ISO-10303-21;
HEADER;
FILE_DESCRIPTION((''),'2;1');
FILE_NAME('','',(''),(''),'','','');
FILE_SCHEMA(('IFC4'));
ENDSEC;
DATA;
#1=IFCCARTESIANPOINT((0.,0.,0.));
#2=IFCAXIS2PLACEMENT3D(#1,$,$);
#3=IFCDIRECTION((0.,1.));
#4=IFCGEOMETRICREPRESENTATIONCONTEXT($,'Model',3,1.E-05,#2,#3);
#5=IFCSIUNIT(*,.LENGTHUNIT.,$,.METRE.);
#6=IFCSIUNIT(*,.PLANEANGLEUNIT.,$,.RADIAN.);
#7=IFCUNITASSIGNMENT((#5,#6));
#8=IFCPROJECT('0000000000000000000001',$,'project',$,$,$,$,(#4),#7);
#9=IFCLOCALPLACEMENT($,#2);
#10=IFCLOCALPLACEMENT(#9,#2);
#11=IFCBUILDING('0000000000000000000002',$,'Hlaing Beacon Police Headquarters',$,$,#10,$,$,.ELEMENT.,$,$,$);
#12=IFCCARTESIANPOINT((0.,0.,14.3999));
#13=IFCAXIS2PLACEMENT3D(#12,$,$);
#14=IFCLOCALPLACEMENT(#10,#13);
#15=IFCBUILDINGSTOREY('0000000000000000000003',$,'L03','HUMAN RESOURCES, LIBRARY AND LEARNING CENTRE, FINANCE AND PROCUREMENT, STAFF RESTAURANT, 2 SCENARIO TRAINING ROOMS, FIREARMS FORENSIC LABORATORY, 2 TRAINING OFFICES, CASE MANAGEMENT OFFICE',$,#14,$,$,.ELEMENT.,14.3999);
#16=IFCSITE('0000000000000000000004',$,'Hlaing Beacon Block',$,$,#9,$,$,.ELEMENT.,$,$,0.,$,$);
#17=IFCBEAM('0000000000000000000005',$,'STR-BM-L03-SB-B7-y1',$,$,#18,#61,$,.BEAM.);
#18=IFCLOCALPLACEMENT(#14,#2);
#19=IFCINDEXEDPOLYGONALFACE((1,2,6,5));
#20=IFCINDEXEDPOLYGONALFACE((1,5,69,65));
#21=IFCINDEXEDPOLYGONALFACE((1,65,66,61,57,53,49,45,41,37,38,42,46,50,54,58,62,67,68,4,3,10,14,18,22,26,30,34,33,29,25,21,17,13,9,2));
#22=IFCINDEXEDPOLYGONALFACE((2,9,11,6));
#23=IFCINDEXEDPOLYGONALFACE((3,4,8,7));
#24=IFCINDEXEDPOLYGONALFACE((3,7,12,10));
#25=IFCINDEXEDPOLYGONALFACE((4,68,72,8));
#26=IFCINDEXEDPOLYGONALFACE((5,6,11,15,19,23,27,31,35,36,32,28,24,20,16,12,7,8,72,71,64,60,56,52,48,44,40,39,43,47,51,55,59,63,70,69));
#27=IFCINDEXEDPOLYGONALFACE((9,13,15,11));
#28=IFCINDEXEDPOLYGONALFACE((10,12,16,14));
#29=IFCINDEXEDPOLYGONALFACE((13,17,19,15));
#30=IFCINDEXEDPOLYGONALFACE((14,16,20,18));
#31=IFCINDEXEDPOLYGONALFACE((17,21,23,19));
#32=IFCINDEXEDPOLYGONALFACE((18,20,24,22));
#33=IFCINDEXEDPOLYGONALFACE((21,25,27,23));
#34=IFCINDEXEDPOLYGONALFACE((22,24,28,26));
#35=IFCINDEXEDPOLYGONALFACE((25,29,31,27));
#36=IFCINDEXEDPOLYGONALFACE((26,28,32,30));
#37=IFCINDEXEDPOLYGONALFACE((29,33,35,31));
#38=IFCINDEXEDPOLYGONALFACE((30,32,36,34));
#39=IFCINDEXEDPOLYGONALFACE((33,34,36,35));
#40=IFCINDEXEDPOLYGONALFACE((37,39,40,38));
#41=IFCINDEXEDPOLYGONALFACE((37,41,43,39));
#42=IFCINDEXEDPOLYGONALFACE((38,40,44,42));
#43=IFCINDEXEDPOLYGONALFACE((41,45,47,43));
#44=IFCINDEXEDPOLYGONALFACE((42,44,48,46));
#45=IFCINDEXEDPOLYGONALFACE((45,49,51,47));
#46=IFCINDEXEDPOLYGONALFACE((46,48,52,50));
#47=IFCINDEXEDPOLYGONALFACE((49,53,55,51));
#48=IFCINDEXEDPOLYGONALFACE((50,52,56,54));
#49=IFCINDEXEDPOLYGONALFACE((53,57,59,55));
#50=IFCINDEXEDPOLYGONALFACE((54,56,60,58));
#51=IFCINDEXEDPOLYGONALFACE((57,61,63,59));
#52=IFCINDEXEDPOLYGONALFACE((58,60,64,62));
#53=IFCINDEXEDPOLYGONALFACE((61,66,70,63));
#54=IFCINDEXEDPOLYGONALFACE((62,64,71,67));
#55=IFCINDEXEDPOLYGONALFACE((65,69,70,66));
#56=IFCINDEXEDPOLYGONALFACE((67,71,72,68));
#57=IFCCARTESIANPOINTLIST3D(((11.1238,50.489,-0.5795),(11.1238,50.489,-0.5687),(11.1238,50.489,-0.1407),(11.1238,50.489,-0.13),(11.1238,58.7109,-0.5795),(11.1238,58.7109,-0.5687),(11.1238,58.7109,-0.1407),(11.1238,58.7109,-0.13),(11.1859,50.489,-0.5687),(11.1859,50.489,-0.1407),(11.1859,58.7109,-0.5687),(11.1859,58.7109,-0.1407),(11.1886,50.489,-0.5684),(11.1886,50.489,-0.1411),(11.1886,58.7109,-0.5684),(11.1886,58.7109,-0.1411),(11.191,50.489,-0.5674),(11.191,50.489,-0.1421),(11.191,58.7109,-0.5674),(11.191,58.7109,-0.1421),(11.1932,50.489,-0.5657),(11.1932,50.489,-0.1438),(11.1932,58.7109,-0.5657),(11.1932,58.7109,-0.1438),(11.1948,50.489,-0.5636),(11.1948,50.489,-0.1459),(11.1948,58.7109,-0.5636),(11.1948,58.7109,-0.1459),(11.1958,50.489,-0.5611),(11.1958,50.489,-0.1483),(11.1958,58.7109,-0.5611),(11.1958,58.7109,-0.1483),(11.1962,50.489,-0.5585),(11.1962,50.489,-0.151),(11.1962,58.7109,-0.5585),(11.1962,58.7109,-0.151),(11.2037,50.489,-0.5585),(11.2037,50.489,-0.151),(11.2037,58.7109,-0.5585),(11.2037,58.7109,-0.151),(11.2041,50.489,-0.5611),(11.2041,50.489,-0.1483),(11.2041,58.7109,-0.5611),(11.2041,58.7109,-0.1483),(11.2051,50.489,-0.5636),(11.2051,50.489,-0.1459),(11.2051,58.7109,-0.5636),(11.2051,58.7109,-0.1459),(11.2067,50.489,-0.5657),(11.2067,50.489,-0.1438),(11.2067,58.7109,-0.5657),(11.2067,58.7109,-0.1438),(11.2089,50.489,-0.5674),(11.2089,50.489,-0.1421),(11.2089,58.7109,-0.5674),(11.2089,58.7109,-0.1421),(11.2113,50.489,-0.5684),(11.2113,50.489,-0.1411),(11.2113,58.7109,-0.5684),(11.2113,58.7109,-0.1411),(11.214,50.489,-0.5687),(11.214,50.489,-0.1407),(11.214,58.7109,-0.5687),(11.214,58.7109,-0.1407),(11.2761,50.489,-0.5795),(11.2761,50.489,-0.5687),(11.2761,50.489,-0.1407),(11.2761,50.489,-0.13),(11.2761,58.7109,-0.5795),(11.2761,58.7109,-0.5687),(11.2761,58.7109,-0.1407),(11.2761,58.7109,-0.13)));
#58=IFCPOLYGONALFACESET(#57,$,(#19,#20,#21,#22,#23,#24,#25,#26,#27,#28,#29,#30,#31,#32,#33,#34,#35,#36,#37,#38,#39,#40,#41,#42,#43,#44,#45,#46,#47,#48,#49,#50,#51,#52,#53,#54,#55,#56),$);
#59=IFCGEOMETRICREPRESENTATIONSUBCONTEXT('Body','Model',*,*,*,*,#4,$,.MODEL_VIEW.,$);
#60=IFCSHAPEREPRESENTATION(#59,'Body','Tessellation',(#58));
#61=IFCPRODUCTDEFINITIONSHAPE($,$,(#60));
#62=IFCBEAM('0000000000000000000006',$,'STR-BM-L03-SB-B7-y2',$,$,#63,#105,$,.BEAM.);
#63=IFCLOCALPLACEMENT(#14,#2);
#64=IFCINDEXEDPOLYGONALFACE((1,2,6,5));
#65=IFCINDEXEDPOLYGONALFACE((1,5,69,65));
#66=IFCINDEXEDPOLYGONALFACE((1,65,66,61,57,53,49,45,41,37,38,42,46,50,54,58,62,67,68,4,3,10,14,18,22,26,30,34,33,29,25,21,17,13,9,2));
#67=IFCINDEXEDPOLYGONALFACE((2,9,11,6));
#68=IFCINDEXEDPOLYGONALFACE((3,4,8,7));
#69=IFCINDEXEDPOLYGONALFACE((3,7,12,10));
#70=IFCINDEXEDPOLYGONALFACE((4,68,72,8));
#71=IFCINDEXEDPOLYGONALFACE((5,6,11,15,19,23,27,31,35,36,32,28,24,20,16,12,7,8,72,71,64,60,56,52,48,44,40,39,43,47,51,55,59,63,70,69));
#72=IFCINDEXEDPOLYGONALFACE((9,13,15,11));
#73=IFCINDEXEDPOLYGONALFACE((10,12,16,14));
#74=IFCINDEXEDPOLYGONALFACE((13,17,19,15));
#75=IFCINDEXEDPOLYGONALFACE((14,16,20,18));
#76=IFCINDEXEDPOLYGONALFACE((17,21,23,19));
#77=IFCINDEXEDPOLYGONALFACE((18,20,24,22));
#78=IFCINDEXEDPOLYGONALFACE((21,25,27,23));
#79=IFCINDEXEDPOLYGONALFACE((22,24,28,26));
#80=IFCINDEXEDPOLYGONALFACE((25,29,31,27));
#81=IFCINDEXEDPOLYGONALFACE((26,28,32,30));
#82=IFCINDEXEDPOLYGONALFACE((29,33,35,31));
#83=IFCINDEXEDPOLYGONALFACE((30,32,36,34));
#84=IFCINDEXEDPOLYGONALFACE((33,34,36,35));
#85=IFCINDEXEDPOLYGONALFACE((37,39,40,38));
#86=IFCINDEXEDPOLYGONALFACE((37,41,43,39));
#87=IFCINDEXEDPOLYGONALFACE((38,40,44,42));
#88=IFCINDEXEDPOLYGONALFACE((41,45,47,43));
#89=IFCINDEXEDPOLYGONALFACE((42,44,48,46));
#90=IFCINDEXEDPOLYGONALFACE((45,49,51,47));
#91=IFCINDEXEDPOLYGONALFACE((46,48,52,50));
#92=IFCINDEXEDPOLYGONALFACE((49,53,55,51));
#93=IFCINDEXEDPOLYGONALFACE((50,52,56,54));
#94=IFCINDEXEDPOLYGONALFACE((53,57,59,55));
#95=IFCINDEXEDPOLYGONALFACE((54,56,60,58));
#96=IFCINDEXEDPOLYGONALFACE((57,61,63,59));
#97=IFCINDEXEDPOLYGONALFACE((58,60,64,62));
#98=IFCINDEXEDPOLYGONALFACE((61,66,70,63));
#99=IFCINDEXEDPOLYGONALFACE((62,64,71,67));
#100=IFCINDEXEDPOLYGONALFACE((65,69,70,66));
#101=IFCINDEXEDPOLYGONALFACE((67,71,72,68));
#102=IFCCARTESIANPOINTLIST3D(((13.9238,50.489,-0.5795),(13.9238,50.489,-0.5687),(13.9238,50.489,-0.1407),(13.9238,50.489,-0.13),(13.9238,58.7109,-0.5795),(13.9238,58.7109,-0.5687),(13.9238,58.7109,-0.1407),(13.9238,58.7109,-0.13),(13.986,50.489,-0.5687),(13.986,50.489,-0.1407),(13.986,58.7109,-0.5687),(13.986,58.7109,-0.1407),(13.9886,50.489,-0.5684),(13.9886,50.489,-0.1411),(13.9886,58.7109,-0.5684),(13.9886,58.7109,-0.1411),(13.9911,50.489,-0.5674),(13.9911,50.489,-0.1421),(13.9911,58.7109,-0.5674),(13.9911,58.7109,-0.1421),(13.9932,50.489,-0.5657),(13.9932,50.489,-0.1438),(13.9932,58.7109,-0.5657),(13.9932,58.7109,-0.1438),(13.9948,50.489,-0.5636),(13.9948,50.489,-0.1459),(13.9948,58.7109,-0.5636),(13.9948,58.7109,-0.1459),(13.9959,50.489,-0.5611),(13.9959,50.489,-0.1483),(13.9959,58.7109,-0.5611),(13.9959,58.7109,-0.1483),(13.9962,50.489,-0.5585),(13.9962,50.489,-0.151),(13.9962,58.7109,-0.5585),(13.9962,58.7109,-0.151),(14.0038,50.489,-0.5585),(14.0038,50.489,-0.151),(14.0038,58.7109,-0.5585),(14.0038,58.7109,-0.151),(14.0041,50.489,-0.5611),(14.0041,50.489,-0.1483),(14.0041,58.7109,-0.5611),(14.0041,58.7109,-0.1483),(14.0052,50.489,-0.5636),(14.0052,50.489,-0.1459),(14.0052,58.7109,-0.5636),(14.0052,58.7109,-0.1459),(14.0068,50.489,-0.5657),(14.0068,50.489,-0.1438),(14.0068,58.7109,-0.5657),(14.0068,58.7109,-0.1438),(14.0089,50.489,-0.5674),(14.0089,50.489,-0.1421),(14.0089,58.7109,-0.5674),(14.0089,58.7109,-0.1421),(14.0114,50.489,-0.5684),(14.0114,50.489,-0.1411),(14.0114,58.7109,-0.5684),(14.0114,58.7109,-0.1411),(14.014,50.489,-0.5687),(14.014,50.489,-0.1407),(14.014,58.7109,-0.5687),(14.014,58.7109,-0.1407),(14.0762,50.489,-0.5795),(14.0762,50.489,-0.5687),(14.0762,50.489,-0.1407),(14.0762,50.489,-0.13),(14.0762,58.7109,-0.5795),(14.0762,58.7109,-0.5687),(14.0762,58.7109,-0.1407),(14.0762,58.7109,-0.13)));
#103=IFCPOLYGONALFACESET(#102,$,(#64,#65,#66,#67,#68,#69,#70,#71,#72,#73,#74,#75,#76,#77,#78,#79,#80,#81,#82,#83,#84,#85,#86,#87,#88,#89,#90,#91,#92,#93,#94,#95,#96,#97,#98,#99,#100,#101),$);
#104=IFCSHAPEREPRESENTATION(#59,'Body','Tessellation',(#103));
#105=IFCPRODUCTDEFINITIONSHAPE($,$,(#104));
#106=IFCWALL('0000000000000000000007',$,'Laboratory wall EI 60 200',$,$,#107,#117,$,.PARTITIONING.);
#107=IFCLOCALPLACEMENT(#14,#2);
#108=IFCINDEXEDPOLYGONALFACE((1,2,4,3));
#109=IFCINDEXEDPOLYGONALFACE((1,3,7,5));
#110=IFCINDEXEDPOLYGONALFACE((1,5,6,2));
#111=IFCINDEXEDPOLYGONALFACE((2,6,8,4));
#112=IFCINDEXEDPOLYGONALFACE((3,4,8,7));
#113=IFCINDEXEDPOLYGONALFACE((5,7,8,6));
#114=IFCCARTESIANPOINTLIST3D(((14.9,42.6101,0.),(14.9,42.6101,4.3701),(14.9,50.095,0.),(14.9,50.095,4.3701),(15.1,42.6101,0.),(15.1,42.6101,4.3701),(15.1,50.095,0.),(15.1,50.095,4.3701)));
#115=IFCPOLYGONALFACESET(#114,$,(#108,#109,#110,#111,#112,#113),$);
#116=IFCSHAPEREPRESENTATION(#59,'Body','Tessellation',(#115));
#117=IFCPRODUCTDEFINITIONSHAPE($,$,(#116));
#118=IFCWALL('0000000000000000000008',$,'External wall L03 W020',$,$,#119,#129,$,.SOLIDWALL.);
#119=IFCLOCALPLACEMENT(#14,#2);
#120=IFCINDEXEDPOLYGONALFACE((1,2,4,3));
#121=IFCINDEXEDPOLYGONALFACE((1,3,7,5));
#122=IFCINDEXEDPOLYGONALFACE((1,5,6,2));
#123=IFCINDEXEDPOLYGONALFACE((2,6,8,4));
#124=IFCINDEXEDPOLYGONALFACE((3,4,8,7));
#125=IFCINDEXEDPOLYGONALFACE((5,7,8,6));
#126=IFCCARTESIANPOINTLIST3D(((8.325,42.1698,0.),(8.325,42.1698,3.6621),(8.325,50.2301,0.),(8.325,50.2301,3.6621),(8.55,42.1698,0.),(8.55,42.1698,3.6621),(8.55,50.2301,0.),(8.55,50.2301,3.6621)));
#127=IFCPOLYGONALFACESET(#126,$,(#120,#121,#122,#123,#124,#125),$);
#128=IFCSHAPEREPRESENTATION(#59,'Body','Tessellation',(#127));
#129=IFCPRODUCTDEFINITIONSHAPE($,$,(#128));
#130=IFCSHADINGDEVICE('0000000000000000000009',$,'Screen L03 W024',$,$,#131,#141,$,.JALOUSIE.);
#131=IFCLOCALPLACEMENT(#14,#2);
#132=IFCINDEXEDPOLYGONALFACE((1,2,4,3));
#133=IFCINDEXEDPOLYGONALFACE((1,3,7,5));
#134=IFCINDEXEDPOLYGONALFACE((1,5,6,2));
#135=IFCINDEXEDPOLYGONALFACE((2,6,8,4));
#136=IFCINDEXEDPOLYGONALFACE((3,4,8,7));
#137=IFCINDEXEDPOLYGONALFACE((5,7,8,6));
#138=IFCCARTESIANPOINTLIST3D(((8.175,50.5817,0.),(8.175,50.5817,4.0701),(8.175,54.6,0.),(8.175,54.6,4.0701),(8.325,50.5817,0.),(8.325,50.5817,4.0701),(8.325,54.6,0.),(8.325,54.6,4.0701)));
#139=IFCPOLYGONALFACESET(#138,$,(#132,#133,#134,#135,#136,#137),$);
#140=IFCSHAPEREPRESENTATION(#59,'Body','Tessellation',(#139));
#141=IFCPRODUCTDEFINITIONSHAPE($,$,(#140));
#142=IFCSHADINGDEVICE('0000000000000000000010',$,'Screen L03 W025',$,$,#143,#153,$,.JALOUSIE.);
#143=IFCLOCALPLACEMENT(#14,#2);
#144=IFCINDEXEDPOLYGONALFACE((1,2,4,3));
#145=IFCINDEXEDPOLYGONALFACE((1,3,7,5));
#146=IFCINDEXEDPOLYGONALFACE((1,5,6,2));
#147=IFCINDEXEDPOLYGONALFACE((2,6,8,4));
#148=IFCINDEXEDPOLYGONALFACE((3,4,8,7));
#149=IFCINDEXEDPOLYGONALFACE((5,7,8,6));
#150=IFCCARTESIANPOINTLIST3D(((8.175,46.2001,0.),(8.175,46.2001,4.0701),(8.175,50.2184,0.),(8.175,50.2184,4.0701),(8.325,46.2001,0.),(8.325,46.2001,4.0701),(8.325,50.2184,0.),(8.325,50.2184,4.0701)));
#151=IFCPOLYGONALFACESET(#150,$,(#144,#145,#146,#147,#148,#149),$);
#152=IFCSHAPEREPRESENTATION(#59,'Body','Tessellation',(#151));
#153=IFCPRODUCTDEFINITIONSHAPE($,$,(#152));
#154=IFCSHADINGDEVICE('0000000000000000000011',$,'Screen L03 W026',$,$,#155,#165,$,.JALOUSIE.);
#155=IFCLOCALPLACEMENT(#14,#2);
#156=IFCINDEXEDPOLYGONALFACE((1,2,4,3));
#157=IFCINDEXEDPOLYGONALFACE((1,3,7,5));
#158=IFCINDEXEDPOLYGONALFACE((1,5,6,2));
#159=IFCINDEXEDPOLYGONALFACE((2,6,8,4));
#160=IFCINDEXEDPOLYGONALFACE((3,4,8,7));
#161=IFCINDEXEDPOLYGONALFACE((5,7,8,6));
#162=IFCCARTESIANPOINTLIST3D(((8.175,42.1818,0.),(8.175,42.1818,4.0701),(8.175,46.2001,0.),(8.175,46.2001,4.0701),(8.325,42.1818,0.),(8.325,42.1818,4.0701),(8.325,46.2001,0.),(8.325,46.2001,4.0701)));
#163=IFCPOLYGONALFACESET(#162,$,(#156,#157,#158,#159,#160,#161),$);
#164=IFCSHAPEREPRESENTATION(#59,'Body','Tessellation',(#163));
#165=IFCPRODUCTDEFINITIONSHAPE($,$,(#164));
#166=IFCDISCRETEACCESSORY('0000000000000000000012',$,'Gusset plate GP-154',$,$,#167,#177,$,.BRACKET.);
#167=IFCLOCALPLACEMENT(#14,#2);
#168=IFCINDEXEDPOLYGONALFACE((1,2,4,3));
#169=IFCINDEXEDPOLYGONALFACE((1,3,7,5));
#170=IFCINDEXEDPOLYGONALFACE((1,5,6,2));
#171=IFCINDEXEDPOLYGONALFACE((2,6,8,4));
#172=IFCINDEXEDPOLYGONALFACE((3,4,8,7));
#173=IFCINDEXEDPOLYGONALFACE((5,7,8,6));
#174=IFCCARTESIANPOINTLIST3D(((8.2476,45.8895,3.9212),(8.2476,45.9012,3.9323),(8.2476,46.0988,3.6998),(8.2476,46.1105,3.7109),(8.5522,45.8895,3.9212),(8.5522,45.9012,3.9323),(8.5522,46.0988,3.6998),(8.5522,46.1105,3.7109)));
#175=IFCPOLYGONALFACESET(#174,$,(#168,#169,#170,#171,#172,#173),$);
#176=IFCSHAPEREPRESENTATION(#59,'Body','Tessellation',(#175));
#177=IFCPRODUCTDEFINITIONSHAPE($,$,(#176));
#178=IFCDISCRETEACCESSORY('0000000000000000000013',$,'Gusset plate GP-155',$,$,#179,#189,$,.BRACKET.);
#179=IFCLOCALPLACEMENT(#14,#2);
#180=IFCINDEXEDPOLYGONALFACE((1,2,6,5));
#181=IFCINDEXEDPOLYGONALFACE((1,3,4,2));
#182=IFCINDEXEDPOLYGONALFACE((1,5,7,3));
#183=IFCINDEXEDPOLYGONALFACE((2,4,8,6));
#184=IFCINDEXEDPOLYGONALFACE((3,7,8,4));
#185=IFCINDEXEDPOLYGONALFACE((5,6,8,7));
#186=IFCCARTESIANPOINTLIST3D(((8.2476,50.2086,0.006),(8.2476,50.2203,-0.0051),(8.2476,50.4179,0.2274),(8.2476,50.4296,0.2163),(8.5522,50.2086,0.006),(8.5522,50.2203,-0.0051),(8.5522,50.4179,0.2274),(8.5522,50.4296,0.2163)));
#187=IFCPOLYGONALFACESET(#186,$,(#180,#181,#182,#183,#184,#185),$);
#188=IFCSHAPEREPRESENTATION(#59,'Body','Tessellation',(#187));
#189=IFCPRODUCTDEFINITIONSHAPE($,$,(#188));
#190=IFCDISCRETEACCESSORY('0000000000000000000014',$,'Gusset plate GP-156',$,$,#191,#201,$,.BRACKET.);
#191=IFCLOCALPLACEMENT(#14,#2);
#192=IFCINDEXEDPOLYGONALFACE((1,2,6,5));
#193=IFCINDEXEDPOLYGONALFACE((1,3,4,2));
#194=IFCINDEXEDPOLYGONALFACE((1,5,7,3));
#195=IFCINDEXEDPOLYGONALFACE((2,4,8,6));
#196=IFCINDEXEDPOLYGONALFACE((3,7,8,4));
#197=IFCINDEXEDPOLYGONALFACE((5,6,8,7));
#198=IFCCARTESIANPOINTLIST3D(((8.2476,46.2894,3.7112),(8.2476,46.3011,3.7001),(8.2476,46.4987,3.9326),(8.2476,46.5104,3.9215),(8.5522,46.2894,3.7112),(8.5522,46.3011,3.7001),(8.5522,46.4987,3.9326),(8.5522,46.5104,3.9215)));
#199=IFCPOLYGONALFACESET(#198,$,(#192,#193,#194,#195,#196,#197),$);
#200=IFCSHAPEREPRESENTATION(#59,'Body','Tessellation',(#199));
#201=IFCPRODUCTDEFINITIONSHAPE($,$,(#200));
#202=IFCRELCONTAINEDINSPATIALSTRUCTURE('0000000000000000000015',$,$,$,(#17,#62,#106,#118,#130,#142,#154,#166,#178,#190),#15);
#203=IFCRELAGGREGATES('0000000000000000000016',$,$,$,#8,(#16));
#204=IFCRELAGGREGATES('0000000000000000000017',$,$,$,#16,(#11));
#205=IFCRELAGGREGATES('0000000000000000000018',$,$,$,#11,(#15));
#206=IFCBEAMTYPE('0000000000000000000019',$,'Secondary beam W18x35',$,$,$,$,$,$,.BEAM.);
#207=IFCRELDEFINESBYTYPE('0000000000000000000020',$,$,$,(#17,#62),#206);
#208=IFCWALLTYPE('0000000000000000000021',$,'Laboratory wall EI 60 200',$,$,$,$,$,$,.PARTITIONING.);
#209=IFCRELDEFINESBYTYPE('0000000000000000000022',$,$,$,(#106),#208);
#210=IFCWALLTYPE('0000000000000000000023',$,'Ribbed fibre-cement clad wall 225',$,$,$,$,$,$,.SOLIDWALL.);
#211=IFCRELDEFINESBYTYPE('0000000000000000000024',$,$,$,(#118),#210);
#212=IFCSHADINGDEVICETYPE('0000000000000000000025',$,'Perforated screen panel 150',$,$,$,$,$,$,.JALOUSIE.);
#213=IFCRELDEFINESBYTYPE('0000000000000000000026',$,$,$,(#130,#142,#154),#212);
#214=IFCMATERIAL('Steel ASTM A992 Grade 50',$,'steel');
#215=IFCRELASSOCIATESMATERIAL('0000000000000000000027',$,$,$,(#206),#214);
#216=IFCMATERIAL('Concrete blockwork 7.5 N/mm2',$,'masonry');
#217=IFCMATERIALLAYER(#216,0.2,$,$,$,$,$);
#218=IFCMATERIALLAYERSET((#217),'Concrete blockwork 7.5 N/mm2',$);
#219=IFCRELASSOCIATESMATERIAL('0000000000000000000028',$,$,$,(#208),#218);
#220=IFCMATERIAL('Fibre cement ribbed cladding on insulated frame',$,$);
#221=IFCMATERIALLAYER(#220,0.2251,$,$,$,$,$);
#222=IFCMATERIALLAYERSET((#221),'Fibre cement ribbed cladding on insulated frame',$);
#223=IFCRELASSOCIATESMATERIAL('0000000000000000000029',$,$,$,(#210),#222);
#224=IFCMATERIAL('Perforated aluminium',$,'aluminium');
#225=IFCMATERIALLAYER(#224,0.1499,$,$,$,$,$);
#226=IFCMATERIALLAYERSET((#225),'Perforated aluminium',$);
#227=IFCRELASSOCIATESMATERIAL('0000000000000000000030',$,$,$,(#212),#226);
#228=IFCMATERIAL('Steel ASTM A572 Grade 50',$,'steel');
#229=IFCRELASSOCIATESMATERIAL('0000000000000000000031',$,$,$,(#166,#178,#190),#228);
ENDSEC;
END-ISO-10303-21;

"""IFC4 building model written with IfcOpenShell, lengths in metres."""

from ifc_helpers import new_model, si_unit, direction, frame, frame_2d, origin, origin_2d, place, context, subcontext, project, spatial, rectangle, i_section, extrude, material, layer, layer_set, material_profile, profile_set, type_object, element, save


model = new_model("IFC4")

# Units and contexts
model_context = context("Model", 3, precision=1e-05, world=origin(), true_north=direction((0.0, 1.0)))
body_context = subcontext(model_context, "Body", "Model", "MODEL_VIEW")
ifc_project = project(units=[si_unit("LENGTHUNIT", "METRE"), si_unit("PLANEANGLEUNIT", "RADIAN")], contexts=[model_context])

# Site, building, storey
site_placement = place(None, origin())
site = spatial("IfcSite", under=ifc_project, at=site_placement, Name="Hlaing Beacon Block", CompositionType="ELEMENT", RefElevation=0.0)
building_placement = place(site_placement, origin())
building = spatial("IfcBuilding", under=site, at=building_placement, Name="Hlaing Beacon Police Headquarters", CompositionType="ELEMENT")
storey_placement = place(building_placement, frame((0.0, 0.0, 14.3999)))
storey = spatial("IfcBuildingStorey", under=building, at=storey_placement, Name="L03", Description="HUMAN RESOURCES, LIBRARY AND LEARNING CENTRE, FINANCE AND PROCUREMENT, STAFF RESTAURANT, 2 SCENARIO TRAINING ROOMS, FIREARMS FORENSIC LABORATORY, 2 TRAINING OFFICES, CASE MANAGEMENT OFFICE", CompositionType="ELEMENT", Elevation=14.3999)

# Beams
ifc_material_1 = material(Name="Steel ASTM A992 Grade 50", Category="steel")
ifc_material_profile_1 = material_profile(ifc_material_1, i_section(OverallWidth=0.1523, OverallDepth=0.4495, WebThickness=0.0076, FlangeThickness=0.0107, FilletRadius=0.0103, at=origin_2d()), Name="W18x35")
ifc_profile_set_1 = profile_set([ifc_material_profile_1], Name="Steel ASTM A992 Grade 50")
beam_type_1 = type_object("IfcBeamType", Name="Secondary beam W18x35", PredefinedType="BEAM", material=ifc_profile_set_1)
for number, where, z_axis, x_axis, name in (
    (1, (11.2, 50.489, -0.3547), (0.0, 1.0, 0.0), (-1.0, 0.0, 0.0), "STR-BM-L03-SB-B7-y1"),
    (2, (14.0, 50.489, -0.3547), (0.0, 1.0, 0.0), (-1.0, 0.0, 0.0), "STR-BM-L03-SB-B7-y2"),
):
    element("IfcBeam", number, at=place(storey_placement, frame(where, z_axis=z_axis, x_axis=x_axis)), inside=storey, type_object=beam_type_1, Name=name, PredefinedType="BEAM", context=body_context, shape_type="SweptSolid", body=[
        extrude(i_section(OverallWidth=0.1523, OverallDepth=0.4495, WebThickness=0.0076, FlangeThickness=0.0107, FilletRadius=0.0103, at=origin_2d()), origin(), (0.0, 0.0, 1.0), 8.2219),
    ])

# Walls
ifc_material_2 = material(Name="Concrete blockwork 7.5 N/mm2", Category="masonry")
ifc_layer_1 = layer(ifc_material_2, 0.2)
ifc_layer_set_1 = layer_set([ifc_layer_1], Name="Concrete blockwork 7.5 N/mm2")
wall_type_1 = type_object("IfcWallType", Name="Laboratory wall EI 60 200", PredefinedType="PARTITIONING", material=ifc_layer_set_1)
wall_1_placement = place(storey_placement, frame((15.0, 42.6101, 0.0), z_axis=(0.0, 0.0, 1.0), x_axis=(0.0, 1.0, 0.0)))
element("IfcWall", 3, at=wall_1_placement, inside=storey, type_object=wall_type_1, Name="Laboratory wall EI 60 200", PredefinedType="PARTITIONING", context=body_context, shape_type="SweptSolid", body=[
    extrude(rectangle(XDim=7.4849, YDim=0.2, at=frame_2d((3.7424, 0.0))), origin(), (0.0, 0.0, 1.0), 4.3701),
])
ifc_material_3 = material(Name="Fibre cement ribbed cladding on insulated frame")
ifc_layer_2 = layer(ifc_material_3, 0.2251)
ifc_layer_set_2 = layer_set([ifc_layer_2], Name="Fibre cement ribbed cladding on insulated frame")
wall_type_2 = type_object("IfcWallType", Name="Ribbed fibre-cement clad wall 225", PredefinedType="SOLIDWALL", material=ifc_layer_set_2)
wall_2_placement = place(storey_placement, frame((8.4375, 50.2302, 0.0), z_axis=(0.0, 0.0, 1.0), x_axis=(0.0, -1.0, 0.0)))
element("IfcWall", 4, at=wall_2_placement, inside=storey, type_object=wall_type_2, Name="External wall L03 W020", PredefinedType="SOLIDWALL", context=body_context, shape_type="SweptSolid", body=[
    extrude(rectangle(XDim=8.0603, YDim=0.2251, at=frame_2d((4.0303, 0.0))), origin(), (0.0, 0.0, 1.0), 3.6621),
])

# Shading devices
ifc_material_4 = material(Name="Perforated aluminium", Category="aluminium")
ifc_layer_3 = layer(ifc_material_4, 0.1499)
ifc_layer_set_3 = layer_set([ifc_layer_3], Name="Perforated aluminium")
shading_device_type = type_object("IfcShadingDeviceType", Name="Perforated screen panel 150", PredefinedType="JALOUSIE", material=ifc_layer_set_3)
for number, where, z_axis, x_axis, name in (
    (5, (8.25, 52.5908, 0.0), (0.0, 0.0, 1.0), (0.0, -1.0, 0.0), "Screen L03 W024"),
    (6, (8.25, 48.2092, 0.0), (0.0, 0.0, 1.0), (0.0, -1.0, 0.0), "Screen L03 W025"),
    (7, (8.25, 44.1909, 0.0), (0.0, 0.0, 1.0), (0.0, -1.0, 0.0), "Screen L03 W026"),
):
    element("IfcShadingDevice", number, at=place(storey_placement, frame(where, z_axis=z_axis, x_axis=x_axis)), inside=storey, type_object=shading_device_type, Name=name, PredefinedType="JALOUSIE", context=body_context, shape_type="SweptSolid", body=[
        extrude(rectangle(XDim=4.0183, YDim=0.1499, at=origin_2d()), origin(), (0.0, 0.0, 1.0), 4.0701),
    ])

# Discrete accessories
ifc_material_5 = material(Name="Steel ASTM A572 Grade 50", Category="steel")
for number, where, z_axis, x_axis, name in (
    (8, (8.3999, 45.9941, 3.8105), (0.0, 0.726657, 0.687001), (-1.0, 0.0, 0.0), "Gusset plate GP-154"),
    (9, (8.3999, 50.3132, 0.1167), (0.0, 0.726678, -0.686978), (-1.0, 0.0, 0.0), "Gusset plate GP-155"),
    (10, (8.3999, 46.4058, 3.8108), (0.0, -0.726678, 0.686978), (1.0, 0.0, 0.0), "Gusset plate GP-156"),
):
    element("IfcDiscreteAccessory", number, at=place(storey_placement, frame(where, z_axis=z_axis, x_axis=x_axis)), inside=storey, material=ifc_material_5, Name=name, PredefinedType="BRACKET", context=body_context, shape_type="SweptSolid", body=[
        extrude(rectangle(XDim=0.3047, YDim=0.3047, at=origin_2d()), origin(), (0.0, 0.0, 1.0), 0.0161),
    ])

save(model, "model.ifc")
